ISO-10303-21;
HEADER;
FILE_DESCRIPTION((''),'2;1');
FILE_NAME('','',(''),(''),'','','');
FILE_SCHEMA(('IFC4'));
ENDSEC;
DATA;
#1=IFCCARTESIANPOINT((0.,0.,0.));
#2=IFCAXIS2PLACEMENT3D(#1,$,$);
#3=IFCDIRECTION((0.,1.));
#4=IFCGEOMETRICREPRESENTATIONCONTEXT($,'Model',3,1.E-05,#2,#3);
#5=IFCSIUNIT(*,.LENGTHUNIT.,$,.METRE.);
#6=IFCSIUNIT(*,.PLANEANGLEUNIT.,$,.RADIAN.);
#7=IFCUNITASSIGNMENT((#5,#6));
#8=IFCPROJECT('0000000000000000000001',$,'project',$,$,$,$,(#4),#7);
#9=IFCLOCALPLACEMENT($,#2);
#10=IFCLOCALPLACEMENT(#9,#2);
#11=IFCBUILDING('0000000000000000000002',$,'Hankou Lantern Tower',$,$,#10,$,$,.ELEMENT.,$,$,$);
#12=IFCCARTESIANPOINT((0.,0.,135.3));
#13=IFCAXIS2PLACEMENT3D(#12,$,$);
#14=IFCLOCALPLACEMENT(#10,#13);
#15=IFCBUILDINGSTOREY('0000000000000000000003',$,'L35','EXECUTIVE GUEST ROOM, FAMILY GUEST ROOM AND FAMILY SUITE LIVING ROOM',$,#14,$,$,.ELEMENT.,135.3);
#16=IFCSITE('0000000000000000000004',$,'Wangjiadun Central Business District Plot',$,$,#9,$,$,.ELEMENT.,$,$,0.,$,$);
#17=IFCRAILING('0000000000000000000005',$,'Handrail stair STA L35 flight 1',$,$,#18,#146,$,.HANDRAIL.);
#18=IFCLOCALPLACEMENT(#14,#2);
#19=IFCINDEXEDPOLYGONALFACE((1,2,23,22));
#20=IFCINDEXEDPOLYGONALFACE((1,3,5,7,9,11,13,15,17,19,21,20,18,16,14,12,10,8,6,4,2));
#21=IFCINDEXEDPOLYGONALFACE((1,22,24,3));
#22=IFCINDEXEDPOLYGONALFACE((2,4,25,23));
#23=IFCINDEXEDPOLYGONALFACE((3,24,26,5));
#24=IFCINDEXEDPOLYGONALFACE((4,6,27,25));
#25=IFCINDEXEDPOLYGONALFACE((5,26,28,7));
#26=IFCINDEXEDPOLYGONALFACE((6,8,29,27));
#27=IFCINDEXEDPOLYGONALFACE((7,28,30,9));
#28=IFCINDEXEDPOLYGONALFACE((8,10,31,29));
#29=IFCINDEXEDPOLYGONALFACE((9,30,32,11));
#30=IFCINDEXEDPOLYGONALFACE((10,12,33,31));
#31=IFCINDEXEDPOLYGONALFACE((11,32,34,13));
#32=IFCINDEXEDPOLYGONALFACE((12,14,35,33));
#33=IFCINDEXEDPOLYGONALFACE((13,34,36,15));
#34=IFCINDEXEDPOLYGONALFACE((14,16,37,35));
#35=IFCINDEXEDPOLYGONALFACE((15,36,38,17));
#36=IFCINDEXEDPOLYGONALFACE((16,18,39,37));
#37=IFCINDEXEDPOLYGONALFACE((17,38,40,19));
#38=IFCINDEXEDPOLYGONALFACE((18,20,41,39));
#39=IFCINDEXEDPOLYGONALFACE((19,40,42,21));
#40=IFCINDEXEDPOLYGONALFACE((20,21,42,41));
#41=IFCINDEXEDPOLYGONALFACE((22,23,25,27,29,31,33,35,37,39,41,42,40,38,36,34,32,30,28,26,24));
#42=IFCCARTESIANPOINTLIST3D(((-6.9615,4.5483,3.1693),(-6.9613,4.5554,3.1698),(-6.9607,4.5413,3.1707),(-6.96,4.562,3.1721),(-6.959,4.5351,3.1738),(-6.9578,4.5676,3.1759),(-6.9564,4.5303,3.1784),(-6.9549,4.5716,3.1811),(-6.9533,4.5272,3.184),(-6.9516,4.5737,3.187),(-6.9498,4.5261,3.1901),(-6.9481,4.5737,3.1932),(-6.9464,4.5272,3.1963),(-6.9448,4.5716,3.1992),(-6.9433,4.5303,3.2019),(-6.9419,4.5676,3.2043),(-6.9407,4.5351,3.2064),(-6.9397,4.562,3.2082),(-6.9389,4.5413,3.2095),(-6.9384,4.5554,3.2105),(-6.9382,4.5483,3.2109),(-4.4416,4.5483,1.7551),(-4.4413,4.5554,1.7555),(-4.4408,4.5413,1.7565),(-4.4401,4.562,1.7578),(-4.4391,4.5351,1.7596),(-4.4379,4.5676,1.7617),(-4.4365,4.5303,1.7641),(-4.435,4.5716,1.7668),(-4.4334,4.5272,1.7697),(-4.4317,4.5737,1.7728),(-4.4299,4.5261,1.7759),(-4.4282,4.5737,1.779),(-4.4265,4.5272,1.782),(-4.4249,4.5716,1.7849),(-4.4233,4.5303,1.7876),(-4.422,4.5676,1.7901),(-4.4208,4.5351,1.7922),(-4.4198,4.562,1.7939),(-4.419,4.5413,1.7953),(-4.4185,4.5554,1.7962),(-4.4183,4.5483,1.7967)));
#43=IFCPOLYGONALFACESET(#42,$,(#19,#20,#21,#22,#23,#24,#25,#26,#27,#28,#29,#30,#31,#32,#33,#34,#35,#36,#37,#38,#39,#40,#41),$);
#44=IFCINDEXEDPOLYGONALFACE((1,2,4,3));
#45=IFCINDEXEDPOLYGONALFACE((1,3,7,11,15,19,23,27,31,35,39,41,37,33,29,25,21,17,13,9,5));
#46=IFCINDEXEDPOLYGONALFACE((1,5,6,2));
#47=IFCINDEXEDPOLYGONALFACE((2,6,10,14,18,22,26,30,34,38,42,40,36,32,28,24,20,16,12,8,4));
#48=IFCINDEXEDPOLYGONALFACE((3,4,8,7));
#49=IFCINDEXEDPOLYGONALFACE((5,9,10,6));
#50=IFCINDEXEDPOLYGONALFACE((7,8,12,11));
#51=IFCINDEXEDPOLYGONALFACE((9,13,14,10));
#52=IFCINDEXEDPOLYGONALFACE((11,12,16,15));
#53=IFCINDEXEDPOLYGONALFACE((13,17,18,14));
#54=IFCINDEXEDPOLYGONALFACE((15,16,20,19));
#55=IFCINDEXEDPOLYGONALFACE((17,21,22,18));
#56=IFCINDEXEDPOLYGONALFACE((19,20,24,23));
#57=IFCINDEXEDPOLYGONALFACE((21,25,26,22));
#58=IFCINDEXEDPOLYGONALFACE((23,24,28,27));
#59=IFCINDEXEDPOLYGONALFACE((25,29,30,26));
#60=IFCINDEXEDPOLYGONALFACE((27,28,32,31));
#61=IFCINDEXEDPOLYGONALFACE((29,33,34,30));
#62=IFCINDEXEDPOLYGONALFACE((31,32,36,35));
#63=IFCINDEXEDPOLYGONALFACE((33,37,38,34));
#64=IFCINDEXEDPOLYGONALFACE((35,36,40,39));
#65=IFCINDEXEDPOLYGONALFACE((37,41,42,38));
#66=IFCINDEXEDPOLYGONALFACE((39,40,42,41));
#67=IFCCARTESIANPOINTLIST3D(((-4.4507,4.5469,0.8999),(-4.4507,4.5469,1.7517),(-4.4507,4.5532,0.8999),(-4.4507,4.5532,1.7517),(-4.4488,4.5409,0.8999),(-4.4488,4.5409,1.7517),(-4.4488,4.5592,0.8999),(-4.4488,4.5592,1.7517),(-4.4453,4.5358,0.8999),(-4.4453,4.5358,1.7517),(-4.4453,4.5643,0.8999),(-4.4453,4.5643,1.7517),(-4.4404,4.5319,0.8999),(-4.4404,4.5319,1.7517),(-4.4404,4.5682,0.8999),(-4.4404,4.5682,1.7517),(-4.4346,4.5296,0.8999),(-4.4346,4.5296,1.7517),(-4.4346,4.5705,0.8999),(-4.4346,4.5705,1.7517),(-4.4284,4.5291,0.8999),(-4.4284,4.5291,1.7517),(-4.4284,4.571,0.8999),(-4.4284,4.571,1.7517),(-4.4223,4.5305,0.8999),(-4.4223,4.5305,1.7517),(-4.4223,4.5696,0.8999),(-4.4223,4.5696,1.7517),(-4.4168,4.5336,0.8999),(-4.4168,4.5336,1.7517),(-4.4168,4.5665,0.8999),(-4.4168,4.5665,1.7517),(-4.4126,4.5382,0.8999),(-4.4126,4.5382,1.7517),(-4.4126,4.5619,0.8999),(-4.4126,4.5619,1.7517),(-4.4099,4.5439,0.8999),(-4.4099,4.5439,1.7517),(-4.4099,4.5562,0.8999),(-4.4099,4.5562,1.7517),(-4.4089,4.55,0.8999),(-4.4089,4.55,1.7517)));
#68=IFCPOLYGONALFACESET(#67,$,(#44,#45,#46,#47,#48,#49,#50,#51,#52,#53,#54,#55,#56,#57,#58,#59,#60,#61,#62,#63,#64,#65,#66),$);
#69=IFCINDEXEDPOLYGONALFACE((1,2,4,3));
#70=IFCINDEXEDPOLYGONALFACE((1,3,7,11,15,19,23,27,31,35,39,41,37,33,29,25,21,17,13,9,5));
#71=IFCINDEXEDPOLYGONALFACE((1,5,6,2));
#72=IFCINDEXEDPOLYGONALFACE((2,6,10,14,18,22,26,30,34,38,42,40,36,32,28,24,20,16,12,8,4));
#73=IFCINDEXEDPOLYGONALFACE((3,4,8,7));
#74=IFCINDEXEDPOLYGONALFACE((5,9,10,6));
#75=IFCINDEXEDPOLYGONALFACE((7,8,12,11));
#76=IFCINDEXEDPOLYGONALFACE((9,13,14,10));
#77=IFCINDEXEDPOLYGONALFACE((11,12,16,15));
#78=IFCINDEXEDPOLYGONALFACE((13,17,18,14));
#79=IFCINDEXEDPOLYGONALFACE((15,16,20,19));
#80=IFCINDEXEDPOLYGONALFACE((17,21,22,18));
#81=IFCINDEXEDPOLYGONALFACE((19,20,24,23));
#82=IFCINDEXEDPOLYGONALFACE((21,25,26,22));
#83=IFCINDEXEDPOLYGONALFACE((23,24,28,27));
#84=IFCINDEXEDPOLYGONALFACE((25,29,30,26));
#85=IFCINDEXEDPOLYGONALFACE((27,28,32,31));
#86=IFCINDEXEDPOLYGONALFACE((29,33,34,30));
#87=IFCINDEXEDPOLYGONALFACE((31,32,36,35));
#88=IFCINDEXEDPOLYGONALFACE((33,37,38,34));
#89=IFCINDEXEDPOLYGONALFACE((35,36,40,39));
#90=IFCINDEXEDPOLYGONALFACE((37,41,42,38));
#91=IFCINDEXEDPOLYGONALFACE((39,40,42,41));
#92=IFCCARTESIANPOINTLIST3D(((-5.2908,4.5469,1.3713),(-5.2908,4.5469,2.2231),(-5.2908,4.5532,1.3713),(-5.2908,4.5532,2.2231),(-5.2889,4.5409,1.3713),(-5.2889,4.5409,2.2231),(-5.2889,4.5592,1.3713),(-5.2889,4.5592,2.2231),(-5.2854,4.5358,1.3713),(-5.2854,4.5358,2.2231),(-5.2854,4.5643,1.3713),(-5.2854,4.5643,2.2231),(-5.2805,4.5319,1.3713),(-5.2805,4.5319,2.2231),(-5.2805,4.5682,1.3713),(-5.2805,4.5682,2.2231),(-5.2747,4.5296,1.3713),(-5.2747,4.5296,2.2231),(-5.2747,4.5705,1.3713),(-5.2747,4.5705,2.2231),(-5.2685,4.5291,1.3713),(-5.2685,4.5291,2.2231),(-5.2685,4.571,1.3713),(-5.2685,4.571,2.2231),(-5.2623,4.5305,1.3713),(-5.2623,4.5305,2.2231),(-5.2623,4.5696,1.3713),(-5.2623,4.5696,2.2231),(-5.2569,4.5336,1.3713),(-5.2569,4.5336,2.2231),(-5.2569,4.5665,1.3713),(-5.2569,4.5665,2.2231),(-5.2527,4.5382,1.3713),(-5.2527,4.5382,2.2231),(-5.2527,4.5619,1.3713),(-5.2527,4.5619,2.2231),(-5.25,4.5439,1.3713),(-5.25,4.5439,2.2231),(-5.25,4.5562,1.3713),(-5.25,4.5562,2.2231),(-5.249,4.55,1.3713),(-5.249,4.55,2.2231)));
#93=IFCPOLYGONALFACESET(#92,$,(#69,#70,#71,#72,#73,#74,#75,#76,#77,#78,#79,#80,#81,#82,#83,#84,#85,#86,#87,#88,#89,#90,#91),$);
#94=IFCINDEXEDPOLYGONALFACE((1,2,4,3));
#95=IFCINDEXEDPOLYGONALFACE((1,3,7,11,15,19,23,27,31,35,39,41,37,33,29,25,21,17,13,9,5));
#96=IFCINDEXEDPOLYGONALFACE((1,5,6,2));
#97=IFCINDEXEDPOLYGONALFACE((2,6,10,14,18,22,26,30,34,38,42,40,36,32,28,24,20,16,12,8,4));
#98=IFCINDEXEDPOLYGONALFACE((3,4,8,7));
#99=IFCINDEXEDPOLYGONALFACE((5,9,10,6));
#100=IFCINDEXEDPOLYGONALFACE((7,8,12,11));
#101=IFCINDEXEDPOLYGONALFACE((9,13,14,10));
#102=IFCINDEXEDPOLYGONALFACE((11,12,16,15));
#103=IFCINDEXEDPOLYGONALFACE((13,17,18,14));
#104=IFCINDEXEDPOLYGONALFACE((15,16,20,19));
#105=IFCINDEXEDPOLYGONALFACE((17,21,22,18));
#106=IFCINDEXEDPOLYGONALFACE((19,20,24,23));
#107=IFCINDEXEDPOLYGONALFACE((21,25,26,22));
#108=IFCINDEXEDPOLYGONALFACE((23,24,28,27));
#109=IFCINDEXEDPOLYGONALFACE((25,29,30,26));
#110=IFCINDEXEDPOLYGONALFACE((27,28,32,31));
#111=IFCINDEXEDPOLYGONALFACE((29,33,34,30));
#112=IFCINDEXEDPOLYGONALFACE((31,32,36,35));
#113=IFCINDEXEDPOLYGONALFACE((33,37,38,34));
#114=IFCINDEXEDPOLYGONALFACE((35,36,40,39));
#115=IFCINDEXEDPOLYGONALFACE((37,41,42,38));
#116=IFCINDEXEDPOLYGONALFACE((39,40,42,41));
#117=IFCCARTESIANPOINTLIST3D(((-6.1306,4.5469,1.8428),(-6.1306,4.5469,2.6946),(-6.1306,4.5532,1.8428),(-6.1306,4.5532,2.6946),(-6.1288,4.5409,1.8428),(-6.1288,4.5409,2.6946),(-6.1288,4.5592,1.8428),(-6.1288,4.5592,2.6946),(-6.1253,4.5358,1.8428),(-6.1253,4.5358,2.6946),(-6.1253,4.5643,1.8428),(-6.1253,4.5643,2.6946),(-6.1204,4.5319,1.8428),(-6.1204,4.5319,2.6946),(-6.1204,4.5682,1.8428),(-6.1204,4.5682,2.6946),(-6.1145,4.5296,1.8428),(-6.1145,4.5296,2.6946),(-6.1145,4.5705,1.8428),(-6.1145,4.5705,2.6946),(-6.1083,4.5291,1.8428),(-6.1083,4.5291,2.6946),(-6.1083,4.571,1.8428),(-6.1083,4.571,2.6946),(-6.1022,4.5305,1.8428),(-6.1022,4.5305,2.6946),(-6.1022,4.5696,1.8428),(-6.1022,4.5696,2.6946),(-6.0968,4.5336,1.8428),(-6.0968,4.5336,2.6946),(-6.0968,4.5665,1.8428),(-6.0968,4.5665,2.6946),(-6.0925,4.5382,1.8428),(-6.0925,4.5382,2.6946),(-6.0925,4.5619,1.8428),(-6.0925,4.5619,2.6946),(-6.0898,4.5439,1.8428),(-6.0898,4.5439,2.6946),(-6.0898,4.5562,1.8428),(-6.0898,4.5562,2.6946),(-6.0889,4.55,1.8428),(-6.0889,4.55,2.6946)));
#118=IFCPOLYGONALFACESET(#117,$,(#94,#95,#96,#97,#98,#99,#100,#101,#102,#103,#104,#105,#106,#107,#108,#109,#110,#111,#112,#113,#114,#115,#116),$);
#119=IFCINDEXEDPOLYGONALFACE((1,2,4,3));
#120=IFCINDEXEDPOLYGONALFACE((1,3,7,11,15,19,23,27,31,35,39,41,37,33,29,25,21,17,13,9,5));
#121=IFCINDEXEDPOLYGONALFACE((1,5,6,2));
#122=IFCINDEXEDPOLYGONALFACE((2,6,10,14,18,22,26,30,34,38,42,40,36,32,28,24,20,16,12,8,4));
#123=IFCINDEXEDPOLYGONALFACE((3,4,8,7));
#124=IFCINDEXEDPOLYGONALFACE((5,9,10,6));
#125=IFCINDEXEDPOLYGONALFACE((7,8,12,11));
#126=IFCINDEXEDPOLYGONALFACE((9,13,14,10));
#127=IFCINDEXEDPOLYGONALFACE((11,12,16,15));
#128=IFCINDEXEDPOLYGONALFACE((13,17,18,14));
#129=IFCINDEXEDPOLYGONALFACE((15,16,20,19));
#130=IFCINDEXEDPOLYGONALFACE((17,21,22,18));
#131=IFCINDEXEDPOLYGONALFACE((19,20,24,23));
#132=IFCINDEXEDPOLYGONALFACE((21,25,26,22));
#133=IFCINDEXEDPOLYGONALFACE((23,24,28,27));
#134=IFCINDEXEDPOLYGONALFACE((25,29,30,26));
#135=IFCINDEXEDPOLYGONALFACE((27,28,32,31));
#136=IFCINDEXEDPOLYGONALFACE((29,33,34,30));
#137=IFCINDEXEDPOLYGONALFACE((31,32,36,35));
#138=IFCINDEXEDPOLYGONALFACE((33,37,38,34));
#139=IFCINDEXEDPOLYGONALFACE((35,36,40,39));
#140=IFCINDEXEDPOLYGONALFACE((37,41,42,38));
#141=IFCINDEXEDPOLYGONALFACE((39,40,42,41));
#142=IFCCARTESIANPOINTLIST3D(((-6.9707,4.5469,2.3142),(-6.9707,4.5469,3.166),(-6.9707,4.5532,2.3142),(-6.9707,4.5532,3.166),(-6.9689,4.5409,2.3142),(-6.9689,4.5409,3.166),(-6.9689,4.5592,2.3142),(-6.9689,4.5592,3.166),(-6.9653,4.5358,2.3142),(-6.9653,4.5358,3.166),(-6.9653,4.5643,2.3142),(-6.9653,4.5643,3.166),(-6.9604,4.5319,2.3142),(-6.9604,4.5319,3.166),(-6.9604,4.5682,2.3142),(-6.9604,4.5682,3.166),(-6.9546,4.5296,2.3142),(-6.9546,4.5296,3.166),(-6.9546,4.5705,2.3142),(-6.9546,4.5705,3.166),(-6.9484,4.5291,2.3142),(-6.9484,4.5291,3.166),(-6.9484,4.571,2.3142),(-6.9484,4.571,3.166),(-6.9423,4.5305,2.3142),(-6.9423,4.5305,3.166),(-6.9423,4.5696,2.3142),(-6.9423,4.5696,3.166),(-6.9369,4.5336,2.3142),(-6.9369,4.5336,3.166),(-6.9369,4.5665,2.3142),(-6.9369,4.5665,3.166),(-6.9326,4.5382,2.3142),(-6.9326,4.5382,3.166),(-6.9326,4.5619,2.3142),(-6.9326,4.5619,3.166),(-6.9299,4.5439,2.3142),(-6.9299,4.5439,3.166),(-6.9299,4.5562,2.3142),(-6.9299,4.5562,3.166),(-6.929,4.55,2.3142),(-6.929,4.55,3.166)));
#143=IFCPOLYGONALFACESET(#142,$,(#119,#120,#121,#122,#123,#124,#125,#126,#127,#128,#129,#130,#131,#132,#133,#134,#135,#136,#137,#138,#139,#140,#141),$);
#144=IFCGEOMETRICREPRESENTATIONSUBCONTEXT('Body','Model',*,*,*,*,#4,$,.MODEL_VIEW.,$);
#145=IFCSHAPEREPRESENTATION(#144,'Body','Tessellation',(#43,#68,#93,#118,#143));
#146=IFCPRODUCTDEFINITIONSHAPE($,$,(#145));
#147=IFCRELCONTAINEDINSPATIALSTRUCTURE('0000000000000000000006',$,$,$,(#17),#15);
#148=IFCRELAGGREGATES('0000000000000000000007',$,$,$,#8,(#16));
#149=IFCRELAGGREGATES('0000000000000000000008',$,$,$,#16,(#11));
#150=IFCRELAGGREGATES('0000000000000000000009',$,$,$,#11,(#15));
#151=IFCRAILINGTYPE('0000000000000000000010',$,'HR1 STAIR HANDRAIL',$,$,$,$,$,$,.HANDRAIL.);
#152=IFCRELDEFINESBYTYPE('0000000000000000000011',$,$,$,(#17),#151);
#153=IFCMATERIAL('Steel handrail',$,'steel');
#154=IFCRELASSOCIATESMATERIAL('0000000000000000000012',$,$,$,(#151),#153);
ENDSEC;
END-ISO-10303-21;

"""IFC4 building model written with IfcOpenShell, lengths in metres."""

from ifc_helpers import new_model, si_unit, direction, frame, origin, origin_2d, place, context, subcontext, project, spatial, circle, extrude, material, type_object, element, save


model = new_model("IFC4")

# Units and contexts
model_context = context("Model", 3, precision=1e-05, world=origin(), true_north=direction((0.0, 1.0)))
body_context = subcontext(model_context, "Body", "Model", "MODEL_VIEW")
ifc_project = project(units=[si_unit("LENGTHUNIT", "METRE"), si_unit("PLANEANGLEUNIT", "RADIAN")], contexts=[model_context])

# Site, building, storey
site_placement = place(None, origin())
site = spatial("IfcSite", under=ifc_project, at=site_placement, Name="Wangjiadun Central Business District Plot", CompositionType="ELEMENT", RefElevation=0.0)
building_placement = place(site_placement, origin())
building = spatial("IfcBuilding", under=site, at=building_placement, Name="Hankou Lantern Tower", CompositionType="ELEMENT")
storey_placement = place(building_placement, frame((0.0, 0.0, 135.3)))
storey = spatial("IfcBuildingStorey", under=building, at=storey_placement, Name="L35", Description="EXECUTIVE GUEST ROOM, FAMILY GUEST ROOM AND FAMILY SUITE LIVING ROOM", CompositionType="ELEMENT", Elevation=135.3)

# Railing
ifc_material_1 = material(Name="Steel handrail", Category="steel")
railing_type = type_object("IfcRailingType", Name="HR1 STAIR HANDRAIL", PredefinedType="HANDRAIL", material=ifc_material_1)
railing_placement = place(storey_placement, frame((-4.4299, 4.55, 0.8999)))
element("IfcRailing", 1, at=railing_placement, inside=storey, type_object=railing_type, Name="Handrail stair STA L35 flight 1", PredefinedType="HANDRAIL", context=body_context, shape_type="SweptSolid", body=[
    extrude(circle(Radius=0.0239, at=origin_2d()), frame((0.0, 0.0, 0.876), z_axis=(-0.872049, 0.0, 0.489419), x_axis=(0.0, -1.0, 0.0)), (0.0, 0.0, 1.0), 2.8896),
    extrude(circle(Radius=0.021, at=origin_2d()), origin(), (0.0, 0.0, 1.0), 0.8518),
    extrude(circle(Radius=0.021, at=origin_2d()), frame((-0.8401, 0.0, 0.4714)), (0.0, 0.0, 1.0), 0.8518),
    extrude(circle(Radius=0.021, at=origin_2d()), frame((-1.6799, 0.0, 0.9429)), (0.0, 0.0, 1.0), 0.8518),
    extrude(circle(Radius=0.021, at=origin_2d()), frame((-2.52, 0.0, 1.4143)), (0.0, 0.0, 1.0), 0.8518),
])

save(model, "model.ifc")
